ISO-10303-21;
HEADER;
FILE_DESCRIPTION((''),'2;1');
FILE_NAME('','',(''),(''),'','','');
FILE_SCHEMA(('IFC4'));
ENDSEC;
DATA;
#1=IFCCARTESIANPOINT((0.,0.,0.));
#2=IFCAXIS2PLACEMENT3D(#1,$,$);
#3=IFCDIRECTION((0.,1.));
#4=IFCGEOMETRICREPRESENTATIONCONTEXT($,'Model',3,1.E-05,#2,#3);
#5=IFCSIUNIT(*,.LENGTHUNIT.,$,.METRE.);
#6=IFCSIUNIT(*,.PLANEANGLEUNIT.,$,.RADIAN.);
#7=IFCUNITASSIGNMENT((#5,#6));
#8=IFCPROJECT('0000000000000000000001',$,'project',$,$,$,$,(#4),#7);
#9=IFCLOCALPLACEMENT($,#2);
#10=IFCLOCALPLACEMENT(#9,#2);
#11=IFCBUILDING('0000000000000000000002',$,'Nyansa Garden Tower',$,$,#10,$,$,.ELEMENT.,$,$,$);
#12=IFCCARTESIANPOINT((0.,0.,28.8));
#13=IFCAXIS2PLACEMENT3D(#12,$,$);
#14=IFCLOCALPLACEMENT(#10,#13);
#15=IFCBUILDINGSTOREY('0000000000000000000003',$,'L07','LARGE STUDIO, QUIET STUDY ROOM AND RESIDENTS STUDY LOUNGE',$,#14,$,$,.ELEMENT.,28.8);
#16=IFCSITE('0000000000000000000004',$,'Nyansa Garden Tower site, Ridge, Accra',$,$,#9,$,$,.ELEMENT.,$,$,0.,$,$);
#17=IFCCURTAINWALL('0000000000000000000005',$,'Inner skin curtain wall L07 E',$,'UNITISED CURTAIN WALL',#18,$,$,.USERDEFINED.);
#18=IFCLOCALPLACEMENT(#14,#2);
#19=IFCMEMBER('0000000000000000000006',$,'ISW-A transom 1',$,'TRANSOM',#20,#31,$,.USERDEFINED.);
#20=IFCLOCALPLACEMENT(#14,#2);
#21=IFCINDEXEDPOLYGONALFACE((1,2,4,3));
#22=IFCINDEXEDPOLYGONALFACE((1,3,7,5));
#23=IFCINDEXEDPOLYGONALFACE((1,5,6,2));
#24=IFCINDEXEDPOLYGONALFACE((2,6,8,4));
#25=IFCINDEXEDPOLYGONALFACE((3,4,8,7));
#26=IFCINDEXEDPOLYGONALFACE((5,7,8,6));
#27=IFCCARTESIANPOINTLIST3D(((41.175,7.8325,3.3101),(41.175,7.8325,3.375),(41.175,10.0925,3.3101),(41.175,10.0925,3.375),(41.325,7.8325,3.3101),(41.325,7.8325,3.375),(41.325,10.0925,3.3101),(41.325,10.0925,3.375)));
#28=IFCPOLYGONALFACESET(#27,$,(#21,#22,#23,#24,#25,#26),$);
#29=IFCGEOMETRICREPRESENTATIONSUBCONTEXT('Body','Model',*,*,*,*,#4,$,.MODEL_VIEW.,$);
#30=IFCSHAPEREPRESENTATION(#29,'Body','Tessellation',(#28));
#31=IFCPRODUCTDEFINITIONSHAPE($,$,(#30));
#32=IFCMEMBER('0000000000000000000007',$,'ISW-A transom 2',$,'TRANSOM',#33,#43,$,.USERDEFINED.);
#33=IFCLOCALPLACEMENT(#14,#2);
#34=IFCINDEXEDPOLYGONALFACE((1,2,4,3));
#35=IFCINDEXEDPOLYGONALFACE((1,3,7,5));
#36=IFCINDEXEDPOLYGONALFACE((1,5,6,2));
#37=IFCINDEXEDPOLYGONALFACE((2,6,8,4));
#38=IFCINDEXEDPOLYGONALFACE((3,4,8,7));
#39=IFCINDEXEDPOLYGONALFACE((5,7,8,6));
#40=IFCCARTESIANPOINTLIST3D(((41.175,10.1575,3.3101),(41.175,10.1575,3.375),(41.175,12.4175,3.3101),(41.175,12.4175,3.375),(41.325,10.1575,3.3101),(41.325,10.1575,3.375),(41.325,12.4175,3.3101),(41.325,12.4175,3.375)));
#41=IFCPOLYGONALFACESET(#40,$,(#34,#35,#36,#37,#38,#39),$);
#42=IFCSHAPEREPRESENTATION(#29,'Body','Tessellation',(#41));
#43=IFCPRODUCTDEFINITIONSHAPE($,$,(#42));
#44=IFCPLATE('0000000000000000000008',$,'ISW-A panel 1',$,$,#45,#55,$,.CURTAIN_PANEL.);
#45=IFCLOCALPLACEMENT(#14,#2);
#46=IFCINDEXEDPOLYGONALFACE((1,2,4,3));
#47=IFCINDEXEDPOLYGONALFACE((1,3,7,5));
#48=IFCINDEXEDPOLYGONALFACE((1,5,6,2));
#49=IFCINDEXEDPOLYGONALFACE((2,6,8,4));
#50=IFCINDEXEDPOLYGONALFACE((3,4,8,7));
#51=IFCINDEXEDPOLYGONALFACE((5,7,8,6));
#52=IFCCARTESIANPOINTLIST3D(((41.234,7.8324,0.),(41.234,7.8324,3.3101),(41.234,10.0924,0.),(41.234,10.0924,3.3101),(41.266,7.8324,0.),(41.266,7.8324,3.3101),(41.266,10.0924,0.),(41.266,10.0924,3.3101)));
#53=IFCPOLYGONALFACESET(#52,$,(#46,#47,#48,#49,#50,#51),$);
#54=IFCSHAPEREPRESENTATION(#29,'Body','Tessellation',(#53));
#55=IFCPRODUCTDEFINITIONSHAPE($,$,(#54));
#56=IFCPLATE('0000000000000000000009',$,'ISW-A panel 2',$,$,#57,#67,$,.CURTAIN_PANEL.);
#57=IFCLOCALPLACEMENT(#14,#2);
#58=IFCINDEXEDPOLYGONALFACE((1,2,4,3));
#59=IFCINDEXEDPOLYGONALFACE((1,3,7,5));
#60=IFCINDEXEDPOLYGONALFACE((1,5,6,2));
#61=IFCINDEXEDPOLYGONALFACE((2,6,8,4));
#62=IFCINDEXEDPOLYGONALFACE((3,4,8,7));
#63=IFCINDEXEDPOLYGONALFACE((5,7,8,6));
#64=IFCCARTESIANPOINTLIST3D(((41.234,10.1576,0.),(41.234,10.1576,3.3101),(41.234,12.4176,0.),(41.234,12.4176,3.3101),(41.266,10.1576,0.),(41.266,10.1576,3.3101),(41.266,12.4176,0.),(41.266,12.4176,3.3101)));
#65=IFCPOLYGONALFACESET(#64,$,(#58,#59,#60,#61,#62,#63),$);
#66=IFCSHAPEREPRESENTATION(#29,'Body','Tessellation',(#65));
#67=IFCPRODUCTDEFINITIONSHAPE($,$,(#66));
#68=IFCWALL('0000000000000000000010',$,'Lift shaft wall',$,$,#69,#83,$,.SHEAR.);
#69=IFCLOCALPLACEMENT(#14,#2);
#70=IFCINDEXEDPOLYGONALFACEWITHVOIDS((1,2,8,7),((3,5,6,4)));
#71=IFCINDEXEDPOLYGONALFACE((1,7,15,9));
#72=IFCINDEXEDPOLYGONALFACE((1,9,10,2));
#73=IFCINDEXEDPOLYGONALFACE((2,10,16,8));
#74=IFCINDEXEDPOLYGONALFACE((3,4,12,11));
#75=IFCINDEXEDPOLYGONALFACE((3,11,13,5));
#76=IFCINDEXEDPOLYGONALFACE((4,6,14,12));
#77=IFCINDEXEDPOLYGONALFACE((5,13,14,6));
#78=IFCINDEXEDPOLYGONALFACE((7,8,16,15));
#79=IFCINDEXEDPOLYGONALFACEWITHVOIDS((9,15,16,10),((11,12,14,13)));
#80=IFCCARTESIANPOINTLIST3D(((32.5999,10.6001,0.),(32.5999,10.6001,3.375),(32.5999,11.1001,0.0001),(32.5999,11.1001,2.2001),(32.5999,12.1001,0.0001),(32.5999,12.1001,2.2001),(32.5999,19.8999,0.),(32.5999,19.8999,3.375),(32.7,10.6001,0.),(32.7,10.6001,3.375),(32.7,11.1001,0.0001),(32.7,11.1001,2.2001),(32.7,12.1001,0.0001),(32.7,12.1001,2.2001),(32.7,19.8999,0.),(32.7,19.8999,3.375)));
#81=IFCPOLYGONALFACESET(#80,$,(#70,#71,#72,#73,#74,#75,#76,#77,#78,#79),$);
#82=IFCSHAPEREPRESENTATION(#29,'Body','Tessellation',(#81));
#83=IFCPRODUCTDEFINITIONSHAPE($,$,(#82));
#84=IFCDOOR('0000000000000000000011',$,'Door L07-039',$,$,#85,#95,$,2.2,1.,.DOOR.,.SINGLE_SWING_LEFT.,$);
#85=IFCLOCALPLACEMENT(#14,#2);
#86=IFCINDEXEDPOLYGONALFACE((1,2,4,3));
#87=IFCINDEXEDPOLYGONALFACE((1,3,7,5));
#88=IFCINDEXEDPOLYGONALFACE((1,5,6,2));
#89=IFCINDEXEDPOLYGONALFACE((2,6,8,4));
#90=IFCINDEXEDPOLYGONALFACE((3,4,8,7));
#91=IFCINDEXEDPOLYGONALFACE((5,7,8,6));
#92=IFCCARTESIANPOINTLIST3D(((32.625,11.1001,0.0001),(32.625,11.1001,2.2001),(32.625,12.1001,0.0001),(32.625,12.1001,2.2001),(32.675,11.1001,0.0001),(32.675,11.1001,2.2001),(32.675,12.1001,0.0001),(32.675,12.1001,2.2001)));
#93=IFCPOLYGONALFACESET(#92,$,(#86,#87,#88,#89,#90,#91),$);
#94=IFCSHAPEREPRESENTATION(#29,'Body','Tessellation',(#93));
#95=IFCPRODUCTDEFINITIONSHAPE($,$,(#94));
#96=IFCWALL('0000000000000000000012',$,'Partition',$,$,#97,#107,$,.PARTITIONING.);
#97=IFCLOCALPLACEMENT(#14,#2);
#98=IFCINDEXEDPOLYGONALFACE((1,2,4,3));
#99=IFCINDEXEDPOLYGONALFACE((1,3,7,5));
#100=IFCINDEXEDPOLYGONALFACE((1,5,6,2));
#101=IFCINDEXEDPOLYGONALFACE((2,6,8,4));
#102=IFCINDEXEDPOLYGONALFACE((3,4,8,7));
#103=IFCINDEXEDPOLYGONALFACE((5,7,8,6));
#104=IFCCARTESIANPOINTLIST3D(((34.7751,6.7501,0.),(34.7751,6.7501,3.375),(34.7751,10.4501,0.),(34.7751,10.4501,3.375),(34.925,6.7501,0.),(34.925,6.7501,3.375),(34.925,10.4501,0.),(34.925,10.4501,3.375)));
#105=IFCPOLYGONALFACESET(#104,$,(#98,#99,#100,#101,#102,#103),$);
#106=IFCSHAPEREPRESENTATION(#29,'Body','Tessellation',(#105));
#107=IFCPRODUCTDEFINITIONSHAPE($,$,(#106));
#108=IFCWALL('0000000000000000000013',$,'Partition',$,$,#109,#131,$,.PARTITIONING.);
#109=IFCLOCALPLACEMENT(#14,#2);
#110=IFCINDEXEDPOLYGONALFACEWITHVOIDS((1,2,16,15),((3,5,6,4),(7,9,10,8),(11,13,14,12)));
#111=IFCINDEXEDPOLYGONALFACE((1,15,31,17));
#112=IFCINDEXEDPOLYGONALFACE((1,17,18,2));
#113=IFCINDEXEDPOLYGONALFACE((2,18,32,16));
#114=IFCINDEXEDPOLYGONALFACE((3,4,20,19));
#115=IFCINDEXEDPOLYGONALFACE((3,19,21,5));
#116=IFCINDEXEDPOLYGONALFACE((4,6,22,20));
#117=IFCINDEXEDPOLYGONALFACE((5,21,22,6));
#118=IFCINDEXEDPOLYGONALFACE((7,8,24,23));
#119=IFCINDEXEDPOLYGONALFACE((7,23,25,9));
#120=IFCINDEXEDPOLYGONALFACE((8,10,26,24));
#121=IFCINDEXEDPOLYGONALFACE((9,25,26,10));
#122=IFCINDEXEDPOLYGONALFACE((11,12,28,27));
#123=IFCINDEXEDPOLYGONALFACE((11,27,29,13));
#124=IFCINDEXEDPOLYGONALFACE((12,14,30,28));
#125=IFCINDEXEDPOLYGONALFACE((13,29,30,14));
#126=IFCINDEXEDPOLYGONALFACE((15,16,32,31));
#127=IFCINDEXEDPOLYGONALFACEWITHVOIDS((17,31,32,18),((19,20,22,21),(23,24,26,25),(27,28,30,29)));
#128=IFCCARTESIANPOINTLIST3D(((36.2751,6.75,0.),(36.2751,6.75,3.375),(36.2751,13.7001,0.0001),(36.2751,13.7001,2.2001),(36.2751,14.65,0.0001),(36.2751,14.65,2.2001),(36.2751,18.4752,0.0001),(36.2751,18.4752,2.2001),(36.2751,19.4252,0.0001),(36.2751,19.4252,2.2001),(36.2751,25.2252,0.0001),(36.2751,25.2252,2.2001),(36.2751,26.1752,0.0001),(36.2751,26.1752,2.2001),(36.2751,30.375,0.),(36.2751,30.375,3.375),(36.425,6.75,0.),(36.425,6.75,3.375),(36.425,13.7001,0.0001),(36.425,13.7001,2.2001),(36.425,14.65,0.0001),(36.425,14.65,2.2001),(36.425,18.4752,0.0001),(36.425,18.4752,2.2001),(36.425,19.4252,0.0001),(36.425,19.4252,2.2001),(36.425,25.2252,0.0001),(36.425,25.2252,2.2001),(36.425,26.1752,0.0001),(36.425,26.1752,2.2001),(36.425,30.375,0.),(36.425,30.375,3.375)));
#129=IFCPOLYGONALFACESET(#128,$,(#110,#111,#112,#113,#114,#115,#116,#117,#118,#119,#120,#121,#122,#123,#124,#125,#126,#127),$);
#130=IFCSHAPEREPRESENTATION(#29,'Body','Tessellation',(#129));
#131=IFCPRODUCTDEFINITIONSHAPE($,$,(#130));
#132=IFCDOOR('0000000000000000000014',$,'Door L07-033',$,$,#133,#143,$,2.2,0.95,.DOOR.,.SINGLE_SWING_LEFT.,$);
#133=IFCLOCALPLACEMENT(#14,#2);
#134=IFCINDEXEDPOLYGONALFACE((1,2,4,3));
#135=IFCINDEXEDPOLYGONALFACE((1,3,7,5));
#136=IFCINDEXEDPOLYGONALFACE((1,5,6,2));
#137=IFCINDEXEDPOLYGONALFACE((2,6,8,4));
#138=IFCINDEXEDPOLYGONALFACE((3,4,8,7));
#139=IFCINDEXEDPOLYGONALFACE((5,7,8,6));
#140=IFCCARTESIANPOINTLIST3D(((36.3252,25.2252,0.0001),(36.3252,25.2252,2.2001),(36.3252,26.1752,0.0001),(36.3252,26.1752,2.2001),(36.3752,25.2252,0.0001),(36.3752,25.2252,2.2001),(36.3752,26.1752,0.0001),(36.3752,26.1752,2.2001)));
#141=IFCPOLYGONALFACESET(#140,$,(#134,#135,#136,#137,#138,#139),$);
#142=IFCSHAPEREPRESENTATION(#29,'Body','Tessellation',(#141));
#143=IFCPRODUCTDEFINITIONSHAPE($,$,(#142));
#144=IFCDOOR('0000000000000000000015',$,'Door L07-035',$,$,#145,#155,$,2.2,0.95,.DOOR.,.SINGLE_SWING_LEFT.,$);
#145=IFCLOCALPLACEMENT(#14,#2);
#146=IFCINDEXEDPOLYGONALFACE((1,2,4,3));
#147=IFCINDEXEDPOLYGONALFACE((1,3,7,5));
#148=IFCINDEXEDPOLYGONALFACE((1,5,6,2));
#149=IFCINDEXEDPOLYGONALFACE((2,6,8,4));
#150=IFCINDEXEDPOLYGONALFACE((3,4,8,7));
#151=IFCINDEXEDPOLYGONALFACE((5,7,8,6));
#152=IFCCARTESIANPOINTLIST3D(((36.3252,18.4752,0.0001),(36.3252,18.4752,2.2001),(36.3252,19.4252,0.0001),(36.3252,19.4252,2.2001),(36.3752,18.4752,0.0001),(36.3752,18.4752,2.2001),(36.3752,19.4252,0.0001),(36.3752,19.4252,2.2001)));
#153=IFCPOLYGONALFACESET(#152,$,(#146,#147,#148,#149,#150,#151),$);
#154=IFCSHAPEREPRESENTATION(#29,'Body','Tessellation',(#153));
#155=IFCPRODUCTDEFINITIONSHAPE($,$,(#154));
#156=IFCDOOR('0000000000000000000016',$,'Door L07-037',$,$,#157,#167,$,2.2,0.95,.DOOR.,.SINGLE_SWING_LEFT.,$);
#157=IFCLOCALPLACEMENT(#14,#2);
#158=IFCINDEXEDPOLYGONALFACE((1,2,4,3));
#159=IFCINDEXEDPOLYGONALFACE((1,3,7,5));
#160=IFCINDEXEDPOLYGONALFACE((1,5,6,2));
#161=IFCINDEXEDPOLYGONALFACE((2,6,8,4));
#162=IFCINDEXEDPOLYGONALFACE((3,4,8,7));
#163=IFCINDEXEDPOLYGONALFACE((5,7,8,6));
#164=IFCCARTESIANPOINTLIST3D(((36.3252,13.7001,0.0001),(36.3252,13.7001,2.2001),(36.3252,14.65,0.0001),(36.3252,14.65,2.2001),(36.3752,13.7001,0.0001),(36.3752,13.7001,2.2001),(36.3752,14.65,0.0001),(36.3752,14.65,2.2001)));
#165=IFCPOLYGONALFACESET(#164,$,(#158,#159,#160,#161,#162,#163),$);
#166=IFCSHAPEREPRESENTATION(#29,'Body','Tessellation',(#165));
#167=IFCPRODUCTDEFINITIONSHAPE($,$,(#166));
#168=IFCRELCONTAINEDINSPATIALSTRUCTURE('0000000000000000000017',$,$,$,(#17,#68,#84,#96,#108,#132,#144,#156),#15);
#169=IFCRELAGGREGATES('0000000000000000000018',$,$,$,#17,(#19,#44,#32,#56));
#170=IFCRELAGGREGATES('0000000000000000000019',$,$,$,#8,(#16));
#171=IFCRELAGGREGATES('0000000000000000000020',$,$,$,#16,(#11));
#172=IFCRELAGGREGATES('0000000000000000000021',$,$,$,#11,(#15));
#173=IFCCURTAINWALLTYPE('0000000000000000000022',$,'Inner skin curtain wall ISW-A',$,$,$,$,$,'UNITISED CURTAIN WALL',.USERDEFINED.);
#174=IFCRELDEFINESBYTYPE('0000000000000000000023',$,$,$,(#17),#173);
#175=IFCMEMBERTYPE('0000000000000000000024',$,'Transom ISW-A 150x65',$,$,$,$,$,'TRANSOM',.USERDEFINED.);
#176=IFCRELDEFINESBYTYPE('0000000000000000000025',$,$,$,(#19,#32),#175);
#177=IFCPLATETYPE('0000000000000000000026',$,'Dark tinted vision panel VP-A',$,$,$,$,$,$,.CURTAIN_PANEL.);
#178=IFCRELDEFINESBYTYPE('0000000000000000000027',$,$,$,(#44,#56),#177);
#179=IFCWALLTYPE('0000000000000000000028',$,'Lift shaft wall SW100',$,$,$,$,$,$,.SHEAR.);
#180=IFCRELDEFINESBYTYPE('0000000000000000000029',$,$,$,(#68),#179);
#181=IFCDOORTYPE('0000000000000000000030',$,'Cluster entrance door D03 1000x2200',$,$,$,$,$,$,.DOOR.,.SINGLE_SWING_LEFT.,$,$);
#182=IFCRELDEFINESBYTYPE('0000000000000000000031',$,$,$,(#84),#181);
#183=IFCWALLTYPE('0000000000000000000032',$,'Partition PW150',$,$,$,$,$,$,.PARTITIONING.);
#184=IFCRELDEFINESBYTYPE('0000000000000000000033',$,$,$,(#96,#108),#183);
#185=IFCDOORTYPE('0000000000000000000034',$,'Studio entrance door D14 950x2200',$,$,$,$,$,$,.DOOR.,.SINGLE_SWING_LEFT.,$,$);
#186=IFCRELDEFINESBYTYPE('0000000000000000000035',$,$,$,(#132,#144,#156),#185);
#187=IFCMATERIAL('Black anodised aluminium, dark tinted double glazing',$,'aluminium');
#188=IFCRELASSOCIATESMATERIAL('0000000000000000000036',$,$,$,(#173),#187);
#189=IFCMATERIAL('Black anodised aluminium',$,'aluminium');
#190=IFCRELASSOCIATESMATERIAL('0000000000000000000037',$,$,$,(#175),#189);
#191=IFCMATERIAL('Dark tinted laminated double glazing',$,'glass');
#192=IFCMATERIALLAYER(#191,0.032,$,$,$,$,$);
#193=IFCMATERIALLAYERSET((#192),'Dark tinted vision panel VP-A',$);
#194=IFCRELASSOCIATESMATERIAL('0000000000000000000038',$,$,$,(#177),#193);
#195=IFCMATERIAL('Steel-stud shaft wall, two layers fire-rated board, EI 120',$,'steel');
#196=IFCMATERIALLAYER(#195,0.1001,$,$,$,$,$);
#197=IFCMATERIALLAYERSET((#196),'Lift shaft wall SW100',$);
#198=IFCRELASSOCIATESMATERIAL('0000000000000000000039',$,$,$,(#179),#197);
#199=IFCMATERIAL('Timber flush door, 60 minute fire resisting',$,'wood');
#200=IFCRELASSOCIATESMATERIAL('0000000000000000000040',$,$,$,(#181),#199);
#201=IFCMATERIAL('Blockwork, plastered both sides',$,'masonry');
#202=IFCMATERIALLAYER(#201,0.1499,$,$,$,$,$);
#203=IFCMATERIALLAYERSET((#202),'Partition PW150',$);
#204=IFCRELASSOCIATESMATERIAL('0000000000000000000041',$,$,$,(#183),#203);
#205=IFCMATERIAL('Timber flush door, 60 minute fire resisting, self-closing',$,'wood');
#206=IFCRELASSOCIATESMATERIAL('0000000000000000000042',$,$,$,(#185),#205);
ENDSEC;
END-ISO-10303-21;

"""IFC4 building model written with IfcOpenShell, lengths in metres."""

from ifc_helpers import new_model, si_unit, direction, frame, frame_2d, origin, origin_2d, place, context, subcontext, project, spatial, rectangle, extrude, material, layer, layer_set, material_profile, profile_set, type_object, element, fill, aggregate, save


model = new_model("IFC4")

# Units and contexts
model_context = context("Model", 3, precision=1e-05, world=origin(), true_north=direction((0.0, 1.0)))
body_context = subcontext(model_context, "Body", "Model", "MODEL_VIEW")
ifc_project = project(units=[si_unit("LENGTHUNIT", "METRE"), si_unit("PLANEANGLEUNIT", "RADIAN")], contexts=[model_context])

# Site, building, storey
site_placement = place(None, origin())
site = spatial("IfcSite", under=ifc_project, at=site_placement, Name="Nyansa Garden Tower site, Ridge, Accra", CompositionType="ELEMENT", RefElevation=0.0)
building_placement = place(site_placement, origin())
building = spatial("IfcBuilding", under=site, at=building_placement, Name="Nyansa Garden Tower", CompositionType="ELEMENT")
storey_placement = place(building_placement, frame((0.0, 0.0, 28.8)))
storey = spatial("IfcBuildingStorey", under=building, at=storey_placement, Name="L07", Description="LARGE STUDIO, QUIET STUDY ROOM AND RESIDENTS STUDY LOUNGE", CompositionType="ELEMENT", Elevation=28.8)

# Curtain wall
ifc_material_1 = material(Name="Black anodised aluminium, dark tinted double glazing", Category="aluminium")
curtain_wall_type = type_object("IfcCurtainWallType", Name="Inner skin curtain wall ISW-A", ElementType="UNITISED CURTAIN WALL", PredefinedType="USERDEFINED", material=ifc_material_1)
curtain_wall_placement = place(storey_placement, origin())
curtain_wall = element("IfcCurtainWall", 1, at=curtain_wall_placement, inside=storey, type_object=curtain_wall_type, Name="Inner skin curtain wall L07 E", ObjectType="UNITISED CURTAIN WALL", PredefinedType="USERDEFINED")

# Members
ifc_material_2 = material(Name="Black anodised aluminium", Category="aluminium")
ifc_material_profile_1 = material_profile(ifc_material_2, rectangle(XDim=0.1499, YDim=0.0649, at=origin_2d()), Name="Transom 150x65")
ifc_profile_set_1 = profile_set([ifc_material_profile_1], Name="Black anodised aluminium")
member_type_1 = type_object("IfcMemberType", Name="Transom ISW-A 150x65", ElementType="TRANSOM", PredefinedType="USERDEFINED", material=ifc_profile_set_1)
member_1_placement = place(storey_placement, frame((41.25, 7.8325, 3.3425), z_axis=(0.0, 1.0, 0.0), x_axis=(-1.0, 0.0, 0.0)))
member_1 = element("IfcMember", 2, at=member_1_placement, type_object=member_type_1, Name="ISW-A transom 1", ObjectType="TRANSOM", PredefinedType="USERDEFINED", context=body_context, shape_type="SweptSolid", body=[
    extrude(rectangle(XDim=0.1499, YDim=0.0649, at=origin_2d()), origin(), (0.0, 0.0, 1.0), 2.26),
])
member_2_placement = place(storey_placement, frame((41.25, 10.1575, 3.3425), z_axis=(0.0, 1.0, 0.0), x_axis=(-1.0, 0.0, 0.0)))
member_2 = element("IfcMember", 3, at=member_2_placement, type_object=member_type_1, Name="ISW-A transom 2", ObjectType="TRANSOM", PredefinedType="USERDEFINED", context=body_context, shape_type="SweptSolid", body=[
    extrude(rectangle(XDim=0.1499, YDim=0.0649, at=origin_2d()), origin(), (0.0, 0.0, 1.0), 2.26),
])

# Plates
ifc_material_3 = material(Name="Dark tinted laminated double glazing", Category="glass")
ifc_layer_1 = layer(ifc_material_3, 0.032)
ifc_layer_set_1 = layer_set([ifc_layer_1], Name="Dark tinted vision panel VP-A")
plate_type = type_object("IfcPlateType", Name="Dark tinted vision panel VP-A", PredefinedType="CURTAIN_PANEL", material=ifc_layer_set_1)
plate_1_placement = place(storey_placement, frame((41.25, 8.9624, 0.0), z_axis=(0.0, 0.0, 1.0), x_axis=(0.0, 1.0, 0.0)))
plate_1 = element("IfcPlate", 4, at=plate_1_placement, type_object=plate_type, Name="ISW-A panel 1", PredefinedType="CURTAIN_PANEL", context=body_context, shape_type="SweptSolid", body=[
    extrude(rectangle(XDim=2.26, YDim=0.032, at=origin_2d()), origin(), (0.0, 0.0, 1.0), 3.3101),
])
plate_2_placement = place(storey_placement, frame((41.25, 11.2876, 0.0), z_axis=(0.0, 0.0, 1.0), x_axis=(0.0, 1.0, 0.0)))
plate_2 = element("IfcPlate", 5, at=plate_2_placement, type_object=plate_type, Name="ISW-A panel 2", PredefinedType="CURTAIN_PANEL", context=body_context, shape_type="SweptSolid", body=[
    extrude(rectangle(XDim=2.26, YDim=0.032, at=origin_2d()), origin(), (0.0, 0.0, 1.0), 3.3101),
])
aggregate(curtain_wall, [member_1, plate_1, member_2, plate_2])

# Wall, opening, door
ifc_material_4 = material(Name="Steel-stud shaft wall, two layers fire-rated board, EI 120", Category="steel")
ifc_layer_2 = layer(ifc_material_4, 0.1001)
ifc_layer_set_2 = layer_set([ifc_layer_2], Name="Lift shaft wall SW100")
wall_type_1 = type_object("IfcWallType", Name="Lift shaft wall SW100", PredefinedType="SHEAR", material=ifc_layer_set_2)
wall_1_placement = place(storey_placement, frame((32.6499, 10.6001, 0.0), z_axis=(0.0, 0.0, 1.0), x_axis=(0.0, 1.0, 0.0)))
wall_1 = element("IfcWall", 6, at=wall_1_placement, inside=storey, type_object=wall_type_1, Name="Lift shaft wall", PredefinedType="SHEAR", context=body_context, shape_type="SweptSolid", body=[
    extrude(rectangle(XDim=9.2998, YDim=0.1001, at=frame_2d((4.6499, 0.0))), origin(), (0.0, 0.0, 1.0), 3.375),
])
opening_1_placement = place(wall_1_placement, frame((0.5, 0.0, 0.0)))
opening_1 = element("IfcOpeningElement", 7, at=opening_1_placement, cuts=wall_1, PredefinedType="OPENING", context=body_context, shape_type="SweptSolid", body=[
    extrude(rectangle(XDim=1.0, YDim=2.2, at=frame_2d((0.5, 1.1001))), frame((0.0, 0.0601, 0.0), z_axis=(0.0, -1.0, 0.0), x_axis=(1.0, 0.0, 0.0)), (0.0, 0.0, 1.0), 0.1201),
])
ifc_material_5 = material(Name="Timber flush door, 60 minute fire resisting", Category="wood")
door_type_1 = type_object("IfcDoorType", Name="Cluster entrance door D03 1000x2200", OperationType="SINGLE_SWING_LEFT", PredefinedType="DOOR", material=ifc_material_5)
door_1_placement = place(opening_1_placement, origin())
door_1 = element("IfcDoor", 8, at=door_1_placement, inside=storey, type_object=door_type_1, Name="Door L07-039", OperationType="SINGLE_SWING_LEFT", OverallHeight=2.2, OverallWidth=1.0, PredefinedType="DOOR", context=body_context, shape_type="SweptSolid", body=[
    extrude(rectangle(XDim=1.0, YDim=2.2, at=frame_2d((0.5, 1.1001))), frame((0.0, 0.0249, 0.0), z_axis=(0.0, -1.0, 0.0), x_axis=(1.0, 0.0, 0.0)), (0.0, 0.0, 1.0), 0.05),
])
fill(opening_1, door_1)

# Wall
ifc_material_6 = material(Name="Blockwork, plastered both sides", Category="masonry")
ifc_layer_3 = layer(ifc_material_6, 0.1499)
ifc_layer_set_3 = layer_set([ifc_layer_3], Name="Partition PW150")
wall_type_2 = type_object("IfcWallType", Name="Partition PW150", PredefinedType="PARTITIONING", material=ifc_layer_set_3)
wall_2_placement = place(storey_placement, frame((34.8501, 6.75, 0.0), z_axis=(0.0, 0.0, 1.0), x_axis=(0.0, 1.0, 0.0)))
element("IfcWall", 9, at=wall_2_placement, inside=storey, type_object=wall_type_2, Name="Partition", PredefinedType="PARTITIONING", context=body_context, shape_type="SweptSolid", body=[
    extrude(rectangle(XDim=3.7, YDim=0.1499, at=frame_2d((1.8501, 0.0))), origin(), (0.0, 0.0, 1.0), 3.375),
])

# Wall, openings, doors
wall_3_placement = place(storey_placement, frame((36.3501, 6.75, 0.0), z_axis=(0.0, 0.0, 1.0), x_axis=(0.0, 1.0, 0.0)))
wall_3 = element("IfcWall", 10, at=wall_3_placement, inside=storey, type_object=wall_type_2, Name="Partition", PredefinedType="PARTITIONING", context=body_context, shape_type="SweptSolid", body=[
    extrude(rectangle(XDim=23.625, YDim=0.1499, at=frame_2d((11.8125, 0.0))), origin(), (0.0, 0.0, 1.0), 3.375),
])
opening_2_placement = place(wall_3_placement, frame((18.4751, 0.0, 0.0)))
opening_2 = element("IfcOpeningElement", 11, at=opening_2_placement, cuts=wall_3, PredefinedType="OPENING", context=body_context, shape_type="SweptSolid", body=[
    extrude(rectangle(XDim=0.95, YDim=2.2, at=frame_2d((0.4751, 1.1001))), frame((0.0, 0.085, 0.0), z_axis=(0.0, -1.0, 0.0), x_axis=(1.0, 0.0, 0.0)), (0.0, 0.0, 1.0), 0.1699),
])
opening_3_placement = place(wall_3_placement, frame((11.7251, 0.0, 0.0)))
opening_3 = element("IfcOpeningElement", 12, at=opening_3_placement, cuts=wall_3, PredefinedType="OPENING", context=body_context, shape_type="SweptSolid", body=[
    extrude(rectangle(XDim=0.95, YDim=2.2, at=frame_2d((0.4751, 1.1001))), frame((0.0, 0.085, 0.0), z_axis=(0.0, -1.0, 0.0), x_axis=(1.0, 0.0, 0.0)), (0.0, 0.0, 1.0), 0.1699),
])
opening_4_placement = place(wall_3_placement, frame((6.95, 0.0, 0.0)))
opening_4 = element("IfcOpeningElement", 13, at=opening_4_placement, cuts=wall_3, PredefinedType="OPENING", context=body_context, shape_type="SweptSolid", body=[
    extrude(rectangle(XDim=0.95, YDim=2.2, at=frame_2d((0.4751, 1.1001))), frame((0.0, 0.085, 0.0), z_axis=(0.0, -1.0, 0.0), x_axis=(1.0, 0.0, 0.0)), (0.0, 0.0, 1.0), 0.1699),
])
ifc_material_7 = material(Name="Timber flush door, 60 minute fire resisting, self-closing", Category="wood")
door_type_2 = type_object("IfcDoorType", Name="Studio entrance door D14 950x2200", OperationType="SINGLE_SWING_LEFT", PredefinedType="DOOR", material=ifc_material_7)
door_2_placement = place(opening_2_placement, origin())
door_2 = element("IfcDoor", 14, at=door_2_placement, inside=storey, type_object=door_type_2, Name="Door L07-033", OperationType="SINGLE_SWING_LEFT", OverallHeight=2.2, OverallWidth=0.95, PredefinedType="DOOR", context=body_context, shape_type="SweptSolid", body=[
    extrude(rectangle(XDim=0.95, YDim=2.2, at=frame_2d((0.4751, 1.1001))), frame((0.0, 0.0249, 0.0), z_axis=(0.0, -1.0, 0.0), x_axis=(1.0, 0.0, 0.0)), (0.0, 0.0, 1.0), 0.05),
])
fill(opening_2, door_2)
door_3_placement = place(opening_3_placement, origin())
door_3 = element("IfcDoor", 15, at=door_3_placement, inside=storey, type_object=door_type_2, Name="Door L07-035", OperationType="SINGLE_SWING_LEFT", OverallHeight=2.2, OverallWidth=0.95, PredefinedType="DOOR", context=body_context, shape_type="SweptSolid", body=[
    extrude(rectangle(XDim=0.95, YDim=2.2, at=frame_2d((0.4751, 1.1001))), frame((0.0, 0.0249, 0.0), z_axis=(0.0, -1.0, 0.0), x_axis=(1.0, 0.0, 0.0)), (0.0, 0.0, 1.0), 0.05),
])
fill(opening_3, door_3)
door_4_placement = place(opening_4_placement, origin())
door_4 = element("IfcDoor", 16, at=door_4_placement, inside=storey, type_object=door_type_2, Name="Door L07-037", OperationType="SINGLE_SWING_LEFT", OverallHeight=2.2, OverallWidth=0.95, PredefinedType="DOOR", context=body_context, shape_type="SweptSolid", body=[
    extrude(rectangle(XDim=0.95, YDim=2.2, at=frame_2d((0.4751, 1.1001))), frame((0.0, 0.0249, 0.0), z_axis=(0.0, -1.0, 0.0), x_axis=(1.0, 0.0, 0.0)), (0.0, 0.0, 1.0), 0.05),
])
fill(opening_4, door_4)

save(model, "model.ifc")
